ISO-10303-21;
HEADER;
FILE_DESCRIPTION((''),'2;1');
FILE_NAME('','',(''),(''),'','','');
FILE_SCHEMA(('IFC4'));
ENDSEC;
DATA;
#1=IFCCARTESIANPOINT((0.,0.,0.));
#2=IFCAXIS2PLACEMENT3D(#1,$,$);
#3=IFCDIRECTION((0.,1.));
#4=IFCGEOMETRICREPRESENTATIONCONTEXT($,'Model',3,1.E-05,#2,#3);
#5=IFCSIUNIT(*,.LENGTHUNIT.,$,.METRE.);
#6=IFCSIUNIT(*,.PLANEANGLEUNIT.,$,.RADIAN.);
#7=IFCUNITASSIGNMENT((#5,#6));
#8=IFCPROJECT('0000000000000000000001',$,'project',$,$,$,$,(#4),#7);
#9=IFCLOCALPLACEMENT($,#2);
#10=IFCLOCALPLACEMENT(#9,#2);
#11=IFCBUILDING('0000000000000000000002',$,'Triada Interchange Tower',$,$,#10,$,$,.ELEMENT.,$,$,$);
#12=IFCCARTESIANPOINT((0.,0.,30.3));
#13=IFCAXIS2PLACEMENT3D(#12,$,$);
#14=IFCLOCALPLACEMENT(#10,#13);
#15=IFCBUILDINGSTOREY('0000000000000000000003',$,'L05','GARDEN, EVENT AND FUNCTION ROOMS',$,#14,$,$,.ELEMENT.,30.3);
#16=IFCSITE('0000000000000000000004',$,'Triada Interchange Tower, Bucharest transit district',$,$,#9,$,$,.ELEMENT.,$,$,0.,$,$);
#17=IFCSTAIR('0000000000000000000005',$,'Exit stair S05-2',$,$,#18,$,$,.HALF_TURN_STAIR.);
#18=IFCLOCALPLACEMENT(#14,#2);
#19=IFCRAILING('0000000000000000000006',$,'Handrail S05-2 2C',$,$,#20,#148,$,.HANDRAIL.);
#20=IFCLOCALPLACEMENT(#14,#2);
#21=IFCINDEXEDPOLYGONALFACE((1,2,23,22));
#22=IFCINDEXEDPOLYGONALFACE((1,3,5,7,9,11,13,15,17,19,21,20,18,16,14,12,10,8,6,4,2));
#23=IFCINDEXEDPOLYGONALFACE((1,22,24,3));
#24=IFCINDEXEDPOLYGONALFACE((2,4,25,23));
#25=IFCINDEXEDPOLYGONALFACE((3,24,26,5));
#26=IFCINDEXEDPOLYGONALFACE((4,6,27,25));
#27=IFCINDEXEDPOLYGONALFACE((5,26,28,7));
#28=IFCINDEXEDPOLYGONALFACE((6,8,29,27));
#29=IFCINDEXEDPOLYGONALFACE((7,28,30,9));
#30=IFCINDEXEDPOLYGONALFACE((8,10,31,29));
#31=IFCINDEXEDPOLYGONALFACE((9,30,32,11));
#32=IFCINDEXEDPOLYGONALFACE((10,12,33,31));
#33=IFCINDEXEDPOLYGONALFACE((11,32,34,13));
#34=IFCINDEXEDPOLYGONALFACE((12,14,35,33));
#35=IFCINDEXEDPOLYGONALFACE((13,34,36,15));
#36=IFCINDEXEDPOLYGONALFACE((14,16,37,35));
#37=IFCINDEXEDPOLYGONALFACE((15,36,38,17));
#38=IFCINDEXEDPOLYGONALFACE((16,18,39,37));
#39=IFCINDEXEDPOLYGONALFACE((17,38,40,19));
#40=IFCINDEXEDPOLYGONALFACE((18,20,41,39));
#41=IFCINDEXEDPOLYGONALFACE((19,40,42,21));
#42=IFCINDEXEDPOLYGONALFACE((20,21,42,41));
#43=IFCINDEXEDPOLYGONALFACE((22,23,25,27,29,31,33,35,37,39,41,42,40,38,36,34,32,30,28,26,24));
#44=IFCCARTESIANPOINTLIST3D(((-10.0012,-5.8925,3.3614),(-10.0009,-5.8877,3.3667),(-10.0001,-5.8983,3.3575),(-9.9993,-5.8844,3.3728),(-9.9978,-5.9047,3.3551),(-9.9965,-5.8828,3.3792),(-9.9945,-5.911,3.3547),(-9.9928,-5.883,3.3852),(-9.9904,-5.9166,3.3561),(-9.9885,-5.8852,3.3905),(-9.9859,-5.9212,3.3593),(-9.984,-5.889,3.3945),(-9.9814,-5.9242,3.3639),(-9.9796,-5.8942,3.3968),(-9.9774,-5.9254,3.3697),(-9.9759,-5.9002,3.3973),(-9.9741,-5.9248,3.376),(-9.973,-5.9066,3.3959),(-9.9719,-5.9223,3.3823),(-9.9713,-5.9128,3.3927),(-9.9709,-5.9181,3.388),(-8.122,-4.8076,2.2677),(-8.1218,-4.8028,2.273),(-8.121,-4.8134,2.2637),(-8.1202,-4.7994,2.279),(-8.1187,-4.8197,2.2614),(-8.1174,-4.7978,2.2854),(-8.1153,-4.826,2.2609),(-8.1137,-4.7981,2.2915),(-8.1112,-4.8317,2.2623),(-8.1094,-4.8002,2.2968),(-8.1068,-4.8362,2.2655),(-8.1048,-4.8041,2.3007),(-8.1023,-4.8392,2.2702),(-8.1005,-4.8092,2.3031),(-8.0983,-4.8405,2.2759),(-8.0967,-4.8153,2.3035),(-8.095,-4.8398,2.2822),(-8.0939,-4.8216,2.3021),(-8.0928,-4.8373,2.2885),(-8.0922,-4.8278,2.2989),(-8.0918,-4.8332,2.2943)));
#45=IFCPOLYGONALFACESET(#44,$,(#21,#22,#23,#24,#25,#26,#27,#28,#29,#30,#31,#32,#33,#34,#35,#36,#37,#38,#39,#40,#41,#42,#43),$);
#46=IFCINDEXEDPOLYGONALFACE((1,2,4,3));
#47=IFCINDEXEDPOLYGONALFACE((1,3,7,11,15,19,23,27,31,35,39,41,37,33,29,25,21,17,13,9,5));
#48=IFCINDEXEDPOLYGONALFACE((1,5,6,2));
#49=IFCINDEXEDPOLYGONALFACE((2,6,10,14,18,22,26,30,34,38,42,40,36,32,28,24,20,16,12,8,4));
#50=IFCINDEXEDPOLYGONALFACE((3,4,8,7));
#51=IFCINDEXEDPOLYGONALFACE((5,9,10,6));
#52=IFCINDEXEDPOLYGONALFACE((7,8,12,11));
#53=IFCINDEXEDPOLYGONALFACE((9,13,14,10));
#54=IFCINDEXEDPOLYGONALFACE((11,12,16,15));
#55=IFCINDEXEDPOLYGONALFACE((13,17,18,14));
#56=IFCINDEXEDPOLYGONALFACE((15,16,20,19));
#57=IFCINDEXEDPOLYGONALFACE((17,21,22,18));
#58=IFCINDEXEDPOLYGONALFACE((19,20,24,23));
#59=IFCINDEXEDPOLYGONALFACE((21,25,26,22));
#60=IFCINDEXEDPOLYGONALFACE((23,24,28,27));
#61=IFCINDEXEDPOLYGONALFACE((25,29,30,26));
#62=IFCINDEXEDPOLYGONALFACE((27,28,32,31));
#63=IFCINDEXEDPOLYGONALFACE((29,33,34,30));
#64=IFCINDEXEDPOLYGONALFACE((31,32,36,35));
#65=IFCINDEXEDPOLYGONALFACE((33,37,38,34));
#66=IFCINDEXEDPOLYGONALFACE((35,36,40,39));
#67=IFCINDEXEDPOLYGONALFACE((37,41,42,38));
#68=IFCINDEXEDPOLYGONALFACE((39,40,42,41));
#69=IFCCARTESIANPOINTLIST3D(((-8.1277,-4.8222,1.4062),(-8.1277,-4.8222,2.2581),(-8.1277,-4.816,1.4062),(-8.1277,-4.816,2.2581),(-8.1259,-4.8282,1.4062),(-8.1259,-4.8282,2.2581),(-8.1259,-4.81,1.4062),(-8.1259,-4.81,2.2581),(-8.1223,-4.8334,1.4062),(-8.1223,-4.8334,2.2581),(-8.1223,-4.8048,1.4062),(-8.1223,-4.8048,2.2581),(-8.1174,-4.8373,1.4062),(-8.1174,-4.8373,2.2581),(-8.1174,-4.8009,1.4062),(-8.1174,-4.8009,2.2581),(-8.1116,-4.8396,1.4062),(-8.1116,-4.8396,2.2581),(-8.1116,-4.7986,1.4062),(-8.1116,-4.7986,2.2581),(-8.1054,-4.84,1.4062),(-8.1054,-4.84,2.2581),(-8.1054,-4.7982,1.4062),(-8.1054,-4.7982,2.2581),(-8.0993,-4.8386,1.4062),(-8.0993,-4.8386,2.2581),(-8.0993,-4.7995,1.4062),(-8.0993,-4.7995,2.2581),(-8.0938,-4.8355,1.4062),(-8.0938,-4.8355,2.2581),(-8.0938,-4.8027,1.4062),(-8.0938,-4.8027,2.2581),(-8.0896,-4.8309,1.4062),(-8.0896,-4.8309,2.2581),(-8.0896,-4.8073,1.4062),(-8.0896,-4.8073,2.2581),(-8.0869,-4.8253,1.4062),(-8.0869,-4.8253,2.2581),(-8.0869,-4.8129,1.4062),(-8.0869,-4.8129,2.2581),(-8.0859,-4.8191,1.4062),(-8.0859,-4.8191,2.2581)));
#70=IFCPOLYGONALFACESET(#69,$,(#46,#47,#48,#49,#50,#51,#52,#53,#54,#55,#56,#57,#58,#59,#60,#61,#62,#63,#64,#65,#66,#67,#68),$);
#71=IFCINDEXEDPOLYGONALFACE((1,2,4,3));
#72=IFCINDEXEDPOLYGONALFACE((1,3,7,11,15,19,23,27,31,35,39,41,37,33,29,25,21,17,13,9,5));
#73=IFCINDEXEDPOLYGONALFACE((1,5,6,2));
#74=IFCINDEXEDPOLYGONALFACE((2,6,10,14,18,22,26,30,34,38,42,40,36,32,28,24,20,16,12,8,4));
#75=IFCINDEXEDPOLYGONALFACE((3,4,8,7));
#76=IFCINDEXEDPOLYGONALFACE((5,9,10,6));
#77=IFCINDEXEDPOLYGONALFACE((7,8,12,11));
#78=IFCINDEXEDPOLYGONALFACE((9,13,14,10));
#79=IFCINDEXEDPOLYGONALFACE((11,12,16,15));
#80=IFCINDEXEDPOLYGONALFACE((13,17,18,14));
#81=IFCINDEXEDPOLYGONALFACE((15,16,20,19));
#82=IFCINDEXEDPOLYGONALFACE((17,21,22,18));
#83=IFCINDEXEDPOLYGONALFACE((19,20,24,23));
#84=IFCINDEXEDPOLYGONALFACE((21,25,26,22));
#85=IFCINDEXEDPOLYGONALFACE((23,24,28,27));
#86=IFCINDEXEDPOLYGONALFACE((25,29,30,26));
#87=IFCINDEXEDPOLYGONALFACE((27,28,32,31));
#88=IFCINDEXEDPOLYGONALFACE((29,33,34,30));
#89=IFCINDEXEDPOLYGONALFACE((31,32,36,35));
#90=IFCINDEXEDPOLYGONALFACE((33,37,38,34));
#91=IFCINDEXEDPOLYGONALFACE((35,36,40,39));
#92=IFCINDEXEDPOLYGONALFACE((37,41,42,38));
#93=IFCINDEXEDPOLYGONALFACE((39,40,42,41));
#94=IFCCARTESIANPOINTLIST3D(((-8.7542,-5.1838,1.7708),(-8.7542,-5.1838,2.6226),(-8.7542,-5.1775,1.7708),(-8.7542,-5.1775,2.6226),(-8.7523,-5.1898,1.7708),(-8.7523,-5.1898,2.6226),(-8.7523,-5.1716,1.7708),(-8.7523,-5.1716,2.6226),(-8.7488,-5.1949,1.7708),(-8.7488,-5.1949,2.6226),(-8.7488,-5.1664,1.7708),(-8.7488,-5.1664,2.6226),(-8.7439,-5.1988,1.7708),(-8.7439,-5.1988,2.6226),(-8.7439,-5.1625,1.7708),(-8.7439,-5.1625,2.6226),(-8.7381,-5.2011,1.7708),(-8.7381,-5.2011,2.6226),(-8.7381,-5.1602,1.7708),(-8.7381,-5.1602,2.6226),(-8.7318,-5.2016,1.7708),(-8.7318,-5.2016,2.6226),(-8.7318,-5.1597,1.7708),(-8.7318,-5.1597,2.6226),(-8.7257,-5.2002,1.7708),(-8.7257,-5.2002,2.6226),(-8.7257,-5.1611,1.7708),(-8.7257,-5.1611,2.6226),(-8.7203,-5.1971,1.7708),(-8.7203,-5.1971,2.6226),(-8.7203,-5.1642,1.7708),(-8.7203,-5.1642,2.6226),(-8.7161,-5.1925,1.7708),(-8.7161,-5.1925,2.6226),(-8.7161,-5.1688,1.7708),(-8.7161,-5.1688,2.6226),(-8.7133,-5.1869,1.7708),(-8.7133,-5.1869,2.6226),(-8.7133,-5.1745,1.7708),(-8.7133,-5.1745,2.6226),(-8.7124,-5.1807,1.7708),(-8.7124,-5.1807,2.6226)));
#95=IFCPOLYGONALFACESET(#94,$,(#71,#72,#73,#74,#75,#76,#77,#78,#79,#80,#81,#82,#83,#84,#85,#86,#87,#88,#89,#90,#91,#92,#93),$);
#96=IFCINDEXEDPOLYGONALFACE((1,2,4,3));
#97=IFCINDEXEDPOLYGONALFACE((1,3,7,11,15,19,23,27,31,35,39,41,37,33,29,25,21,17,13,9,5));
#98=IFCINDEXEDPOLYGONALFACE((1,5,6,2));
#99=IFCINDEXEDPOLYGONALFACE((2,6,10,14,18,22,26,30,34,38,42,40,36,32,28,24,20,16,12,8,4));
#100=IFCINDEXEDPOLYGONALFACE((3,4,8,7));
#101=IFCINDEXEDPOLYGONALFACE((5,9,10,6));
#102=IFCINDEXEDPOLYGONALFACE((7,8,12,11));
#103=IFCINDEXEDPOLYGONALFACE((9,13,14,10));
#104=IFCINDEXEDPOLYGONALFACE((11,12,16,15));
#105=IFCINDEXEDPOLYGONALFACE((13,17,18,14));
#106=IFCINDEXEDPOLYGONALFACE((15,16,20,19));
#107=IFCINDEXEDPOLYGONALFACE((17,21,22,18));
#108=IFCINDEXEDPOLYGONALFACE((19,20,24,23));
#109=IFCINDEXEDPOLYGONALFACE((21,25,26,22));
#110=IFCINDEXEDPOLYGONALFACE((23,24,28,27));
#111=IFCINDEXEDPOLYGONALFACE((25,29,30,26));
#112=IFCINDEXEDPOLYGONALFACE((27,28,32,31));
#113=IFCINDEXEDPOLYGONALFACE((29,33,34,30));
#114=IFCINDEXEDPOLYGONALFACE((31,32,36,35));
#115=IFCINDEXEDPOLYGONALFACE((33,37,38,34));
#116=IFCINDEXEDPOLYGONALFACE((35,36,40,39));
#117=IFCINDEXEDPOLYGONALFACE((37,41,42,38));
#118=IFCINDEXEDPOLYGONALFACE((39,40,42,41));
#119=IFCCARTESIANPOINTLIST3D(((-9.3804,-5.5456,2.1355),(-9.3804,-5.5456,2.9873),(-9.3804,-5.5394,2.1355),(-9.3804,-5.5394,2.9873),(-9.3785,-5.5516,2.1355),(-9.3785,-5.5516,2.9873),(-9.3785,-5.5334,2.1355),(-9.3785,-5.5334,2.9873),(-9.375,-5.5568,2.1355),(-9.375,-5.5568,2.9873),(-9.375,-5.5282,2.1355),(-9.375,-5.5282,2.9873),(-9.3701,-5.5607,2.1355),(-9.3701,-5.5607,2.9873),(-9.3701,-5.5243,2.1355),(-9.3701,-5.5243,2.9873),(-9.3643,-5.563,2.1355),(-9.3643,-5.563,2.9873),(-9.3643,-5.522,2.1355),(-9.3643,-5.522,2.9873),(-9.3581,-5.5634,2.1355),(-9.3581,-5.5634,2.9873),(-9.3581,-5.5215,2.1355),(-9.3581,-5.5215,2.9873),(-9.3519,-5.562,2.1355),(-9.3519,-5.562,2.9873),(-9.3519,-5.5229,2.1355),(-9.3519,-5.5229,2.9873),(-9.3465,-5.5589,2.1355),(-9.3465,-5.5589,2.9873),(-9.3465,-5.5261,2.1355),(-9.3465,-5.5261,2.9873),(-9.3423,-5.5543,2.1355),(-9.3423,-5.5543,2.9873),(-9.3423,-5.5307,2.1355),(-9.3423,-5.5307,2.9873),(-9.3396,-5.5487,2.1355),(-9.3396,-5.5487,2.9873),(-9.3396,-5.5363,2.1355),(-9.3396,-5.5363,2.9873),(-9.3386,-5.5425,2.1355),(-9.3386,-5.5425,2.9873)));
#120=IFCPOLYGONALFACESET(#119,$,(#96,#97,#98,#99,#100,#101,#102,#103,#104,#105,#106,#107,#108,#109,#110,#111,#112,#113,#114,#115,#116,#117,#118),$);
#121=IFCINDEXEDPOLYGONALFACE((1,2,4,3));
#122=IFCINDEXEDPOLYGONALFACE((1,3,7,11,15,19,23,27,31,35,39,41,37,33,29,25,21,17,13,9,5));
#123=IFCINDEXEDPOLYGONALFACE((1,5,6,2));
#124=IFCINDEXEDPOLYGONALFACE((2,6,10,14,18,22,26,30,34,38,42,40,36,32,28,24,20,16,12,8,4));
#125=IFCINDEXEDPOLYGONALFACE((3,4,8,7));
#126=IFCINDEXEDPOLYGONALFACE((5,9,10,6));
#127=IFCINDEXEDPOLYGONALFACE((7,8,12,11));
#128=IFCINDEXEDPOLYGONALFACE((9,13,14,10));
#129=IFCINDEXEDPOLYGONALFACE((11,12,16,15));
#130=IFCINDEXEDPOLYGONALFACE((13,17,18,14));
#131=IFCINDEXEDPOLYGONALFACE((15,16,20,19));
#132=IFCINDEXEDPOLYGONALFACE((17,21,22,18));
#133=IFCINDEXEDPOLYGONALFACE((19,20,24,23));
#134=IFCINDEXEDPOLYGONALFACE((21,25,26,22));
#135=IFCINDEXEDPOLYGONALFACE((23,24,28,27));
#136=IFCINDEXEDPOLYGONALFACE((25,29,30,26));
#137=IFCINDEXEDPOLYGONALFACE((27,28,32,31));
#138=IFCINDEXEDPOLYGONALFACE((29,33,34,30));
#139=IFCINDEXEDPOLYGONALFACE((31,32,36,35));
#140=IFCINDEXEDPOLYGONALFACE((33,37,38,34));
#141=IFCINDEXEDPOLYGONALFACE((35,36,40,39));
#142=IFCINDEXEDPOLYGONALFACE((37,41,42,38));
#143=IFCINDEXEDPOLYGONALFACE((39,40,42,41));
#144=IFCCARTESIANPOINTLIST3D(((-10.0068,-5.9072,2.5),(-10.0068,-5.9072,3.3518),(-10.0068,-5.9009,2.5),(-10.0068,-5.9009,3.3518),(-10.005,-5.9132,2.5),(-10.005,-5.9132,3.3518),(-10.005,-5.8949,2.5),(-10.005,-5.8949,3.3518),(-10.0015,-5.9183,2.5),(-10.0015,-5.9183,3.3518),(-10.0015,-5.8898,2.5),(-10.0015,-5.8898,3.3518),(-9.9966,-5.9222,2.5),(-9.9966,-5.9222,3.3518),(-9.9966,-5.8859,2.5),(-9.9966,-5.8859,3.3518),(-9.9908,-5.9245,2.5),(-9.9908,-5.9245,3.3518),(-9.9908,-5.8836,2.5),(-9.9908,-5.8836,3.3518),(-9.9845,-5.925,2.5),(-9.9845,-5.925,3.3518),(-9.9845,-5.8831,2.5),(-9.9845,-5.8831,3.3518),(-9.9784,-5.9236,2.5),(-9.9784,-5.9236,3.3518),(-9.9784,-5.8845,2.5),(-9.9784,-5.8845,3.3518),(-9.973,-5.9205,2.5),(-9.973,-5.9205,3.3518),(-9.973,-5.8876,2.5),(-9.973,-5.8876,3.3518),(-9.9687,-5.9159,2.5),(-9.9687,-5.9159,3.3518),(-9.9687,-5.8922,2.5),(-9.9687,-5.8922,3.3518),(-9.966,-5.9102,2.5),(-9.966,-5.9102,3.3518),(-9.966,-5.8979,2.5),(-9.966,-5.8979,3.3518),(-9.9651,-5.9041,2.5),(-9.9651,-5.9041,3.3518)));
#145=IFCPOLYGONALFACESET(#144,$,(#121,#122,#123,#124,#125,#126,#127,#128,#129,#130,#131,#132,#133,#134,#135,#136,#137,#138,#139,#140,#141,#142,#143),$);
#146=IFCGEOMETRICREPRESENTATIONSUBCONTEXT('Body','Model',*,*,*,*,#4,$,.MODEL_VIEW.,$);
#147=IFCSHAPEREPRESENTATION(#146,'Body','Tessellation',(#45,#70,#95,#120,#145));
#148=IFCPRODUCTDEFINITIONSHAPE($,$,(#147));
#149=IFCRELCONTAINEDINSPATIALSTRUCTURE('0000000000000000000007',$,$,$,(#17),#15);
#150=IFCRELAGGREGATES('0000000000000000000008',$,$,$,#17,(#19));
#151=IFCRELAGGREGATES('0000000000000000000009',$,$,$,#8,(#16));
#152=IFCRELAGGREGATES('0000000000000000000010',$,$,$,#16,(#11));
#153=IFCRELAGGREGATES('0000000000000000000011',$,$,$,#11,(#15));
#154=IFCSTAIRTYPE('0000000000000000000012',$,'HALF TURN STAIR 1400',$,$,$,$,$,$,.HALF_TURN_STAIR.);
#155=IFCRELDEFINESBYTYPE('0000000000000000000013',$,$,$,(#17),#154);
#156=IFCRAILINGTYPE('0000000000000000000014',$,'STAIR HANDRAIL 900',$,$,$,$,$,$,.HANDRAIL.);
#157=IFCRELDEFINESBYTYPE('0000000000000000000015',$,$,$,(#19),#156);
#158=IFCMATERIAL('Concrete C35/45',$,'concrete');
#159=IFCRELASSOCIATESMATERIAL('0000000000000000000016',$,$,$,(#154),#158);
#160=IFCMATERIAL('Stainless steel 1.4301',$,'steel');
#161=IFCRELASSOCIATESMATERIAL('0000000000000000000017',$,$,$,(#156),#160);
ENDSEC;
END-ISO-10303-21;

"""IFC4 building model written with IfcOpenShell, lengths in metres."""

from ifc_helpers import new_model, si_unit, direction, frame, origin, origin_2d, place, context, subcontext, project, spatial, circle, extrude, material, type_object, element, aggregate, save


model = new_model("IFC4")

# Units and contexts
model_context = context("Model", 3, precision=1e-05, world=origin(), true_north=direction((0.0, 1.0)))
body_context = subcontext(model_context, "Body", "Model", "MODEL_VIEW")
ifc_project = project(units=[si_unit("LENGTHUNIT", "METRE"), si_unit("PLANEANGLEUNIT", "RADIAN")], contexts=[model_context])

# Site, building, storey
site_placement = place(None, origin())
site = spatial("IfcSite", under=ifc_project, at=site_placement, Name="Triada Interchange Tower, Bucharest transit district", CompositionType="ELEMENT", RefElevation=0.0)
building_placement = place(site_placement, origin())
building = spatial("IfcBuilding", under=site, at=building_placement, Name="Triada Interchange Tower", CompositionType="ELEMENT")
storey_placement = place(building_placement, frame((0.0, 0.0, 30.3)))
storey = spatial("IfcBuildingStorey", under=building, at=storey_placement, Name="L05", Description="GARDEN, EVENT AND FUNCTION ROOMS", CompositionType="ELEMENT", Elevation=30.3)

# Stair, railing
ifc_material_1 = material(Name="Concrete C35/45", Category="concrete")
stair_type = type_object("IfcStairType", Name="HALF TURN STAIR 1400", PredefinedType="HALF_TURN_STAIR", material=ifc_material_1)
stair_placement = place(storey_placement, origin())
stair = element("IfcStair", 1, at=stair_placement, inside=storey, type_object=stair_type, Name="Exit stair S05-2", PredefinedType="HALF_TURN_STAIR")
ifc_material_2 = material(Name="Stainless steel 1.4301", Category="steel")
railing_type = type_object("IfcRailingType", Name="STAIR HANDRAIL 900", PredefinedType="HANDRAIL", material=ifc_material_2)
railing_1_placement = place(storey_placement, frame((-8.1069, -4.8191, 1.4062)))
railing_1 = element("IfcRailing", 2, at=railing_1_placement, type_object=railing_type, Name="Handrail S05-2 2C", PredefinedType="HANDRAIL", context=body_context, shape_type="SweptSolid", body=[
    extrude(circle(Radius=0.0239, at=origin_2d()), frame((0.0, 0.0, 0.876), z_axis=(-0.77333, -0.446496, 0.450113), x_axis=(0.500011, -0.866019, 0.0)), (0.0, 0.0, 1.0), 2.4299),
    extrude(circle(Radius=0.021, at=origin_2d()), origin(), (0.0, 0.0, 1.0), 0.8518),
    extrude(circle(Radius=0.021, at=origin_2d()), frame((-0.6265, -0.3616, 0.3645)), (0.0, 0.0, 1.0), 0.8518),
    extrude(circle(Radius=0.021, at=origin_2d()), frame((-1.2527, -0.7234, 0.7292)), (0.0, 0.0, 1.0), 0.8518),
    extrude(circle(Radius=0.021, at=origin_2d()), frame((-1.8792, -1.085, 1.0938)), (0.0, 0.0, 1.0), 0.8518),
])
aggregate(stair, [railing_1])

save(model, "model.ifc")
